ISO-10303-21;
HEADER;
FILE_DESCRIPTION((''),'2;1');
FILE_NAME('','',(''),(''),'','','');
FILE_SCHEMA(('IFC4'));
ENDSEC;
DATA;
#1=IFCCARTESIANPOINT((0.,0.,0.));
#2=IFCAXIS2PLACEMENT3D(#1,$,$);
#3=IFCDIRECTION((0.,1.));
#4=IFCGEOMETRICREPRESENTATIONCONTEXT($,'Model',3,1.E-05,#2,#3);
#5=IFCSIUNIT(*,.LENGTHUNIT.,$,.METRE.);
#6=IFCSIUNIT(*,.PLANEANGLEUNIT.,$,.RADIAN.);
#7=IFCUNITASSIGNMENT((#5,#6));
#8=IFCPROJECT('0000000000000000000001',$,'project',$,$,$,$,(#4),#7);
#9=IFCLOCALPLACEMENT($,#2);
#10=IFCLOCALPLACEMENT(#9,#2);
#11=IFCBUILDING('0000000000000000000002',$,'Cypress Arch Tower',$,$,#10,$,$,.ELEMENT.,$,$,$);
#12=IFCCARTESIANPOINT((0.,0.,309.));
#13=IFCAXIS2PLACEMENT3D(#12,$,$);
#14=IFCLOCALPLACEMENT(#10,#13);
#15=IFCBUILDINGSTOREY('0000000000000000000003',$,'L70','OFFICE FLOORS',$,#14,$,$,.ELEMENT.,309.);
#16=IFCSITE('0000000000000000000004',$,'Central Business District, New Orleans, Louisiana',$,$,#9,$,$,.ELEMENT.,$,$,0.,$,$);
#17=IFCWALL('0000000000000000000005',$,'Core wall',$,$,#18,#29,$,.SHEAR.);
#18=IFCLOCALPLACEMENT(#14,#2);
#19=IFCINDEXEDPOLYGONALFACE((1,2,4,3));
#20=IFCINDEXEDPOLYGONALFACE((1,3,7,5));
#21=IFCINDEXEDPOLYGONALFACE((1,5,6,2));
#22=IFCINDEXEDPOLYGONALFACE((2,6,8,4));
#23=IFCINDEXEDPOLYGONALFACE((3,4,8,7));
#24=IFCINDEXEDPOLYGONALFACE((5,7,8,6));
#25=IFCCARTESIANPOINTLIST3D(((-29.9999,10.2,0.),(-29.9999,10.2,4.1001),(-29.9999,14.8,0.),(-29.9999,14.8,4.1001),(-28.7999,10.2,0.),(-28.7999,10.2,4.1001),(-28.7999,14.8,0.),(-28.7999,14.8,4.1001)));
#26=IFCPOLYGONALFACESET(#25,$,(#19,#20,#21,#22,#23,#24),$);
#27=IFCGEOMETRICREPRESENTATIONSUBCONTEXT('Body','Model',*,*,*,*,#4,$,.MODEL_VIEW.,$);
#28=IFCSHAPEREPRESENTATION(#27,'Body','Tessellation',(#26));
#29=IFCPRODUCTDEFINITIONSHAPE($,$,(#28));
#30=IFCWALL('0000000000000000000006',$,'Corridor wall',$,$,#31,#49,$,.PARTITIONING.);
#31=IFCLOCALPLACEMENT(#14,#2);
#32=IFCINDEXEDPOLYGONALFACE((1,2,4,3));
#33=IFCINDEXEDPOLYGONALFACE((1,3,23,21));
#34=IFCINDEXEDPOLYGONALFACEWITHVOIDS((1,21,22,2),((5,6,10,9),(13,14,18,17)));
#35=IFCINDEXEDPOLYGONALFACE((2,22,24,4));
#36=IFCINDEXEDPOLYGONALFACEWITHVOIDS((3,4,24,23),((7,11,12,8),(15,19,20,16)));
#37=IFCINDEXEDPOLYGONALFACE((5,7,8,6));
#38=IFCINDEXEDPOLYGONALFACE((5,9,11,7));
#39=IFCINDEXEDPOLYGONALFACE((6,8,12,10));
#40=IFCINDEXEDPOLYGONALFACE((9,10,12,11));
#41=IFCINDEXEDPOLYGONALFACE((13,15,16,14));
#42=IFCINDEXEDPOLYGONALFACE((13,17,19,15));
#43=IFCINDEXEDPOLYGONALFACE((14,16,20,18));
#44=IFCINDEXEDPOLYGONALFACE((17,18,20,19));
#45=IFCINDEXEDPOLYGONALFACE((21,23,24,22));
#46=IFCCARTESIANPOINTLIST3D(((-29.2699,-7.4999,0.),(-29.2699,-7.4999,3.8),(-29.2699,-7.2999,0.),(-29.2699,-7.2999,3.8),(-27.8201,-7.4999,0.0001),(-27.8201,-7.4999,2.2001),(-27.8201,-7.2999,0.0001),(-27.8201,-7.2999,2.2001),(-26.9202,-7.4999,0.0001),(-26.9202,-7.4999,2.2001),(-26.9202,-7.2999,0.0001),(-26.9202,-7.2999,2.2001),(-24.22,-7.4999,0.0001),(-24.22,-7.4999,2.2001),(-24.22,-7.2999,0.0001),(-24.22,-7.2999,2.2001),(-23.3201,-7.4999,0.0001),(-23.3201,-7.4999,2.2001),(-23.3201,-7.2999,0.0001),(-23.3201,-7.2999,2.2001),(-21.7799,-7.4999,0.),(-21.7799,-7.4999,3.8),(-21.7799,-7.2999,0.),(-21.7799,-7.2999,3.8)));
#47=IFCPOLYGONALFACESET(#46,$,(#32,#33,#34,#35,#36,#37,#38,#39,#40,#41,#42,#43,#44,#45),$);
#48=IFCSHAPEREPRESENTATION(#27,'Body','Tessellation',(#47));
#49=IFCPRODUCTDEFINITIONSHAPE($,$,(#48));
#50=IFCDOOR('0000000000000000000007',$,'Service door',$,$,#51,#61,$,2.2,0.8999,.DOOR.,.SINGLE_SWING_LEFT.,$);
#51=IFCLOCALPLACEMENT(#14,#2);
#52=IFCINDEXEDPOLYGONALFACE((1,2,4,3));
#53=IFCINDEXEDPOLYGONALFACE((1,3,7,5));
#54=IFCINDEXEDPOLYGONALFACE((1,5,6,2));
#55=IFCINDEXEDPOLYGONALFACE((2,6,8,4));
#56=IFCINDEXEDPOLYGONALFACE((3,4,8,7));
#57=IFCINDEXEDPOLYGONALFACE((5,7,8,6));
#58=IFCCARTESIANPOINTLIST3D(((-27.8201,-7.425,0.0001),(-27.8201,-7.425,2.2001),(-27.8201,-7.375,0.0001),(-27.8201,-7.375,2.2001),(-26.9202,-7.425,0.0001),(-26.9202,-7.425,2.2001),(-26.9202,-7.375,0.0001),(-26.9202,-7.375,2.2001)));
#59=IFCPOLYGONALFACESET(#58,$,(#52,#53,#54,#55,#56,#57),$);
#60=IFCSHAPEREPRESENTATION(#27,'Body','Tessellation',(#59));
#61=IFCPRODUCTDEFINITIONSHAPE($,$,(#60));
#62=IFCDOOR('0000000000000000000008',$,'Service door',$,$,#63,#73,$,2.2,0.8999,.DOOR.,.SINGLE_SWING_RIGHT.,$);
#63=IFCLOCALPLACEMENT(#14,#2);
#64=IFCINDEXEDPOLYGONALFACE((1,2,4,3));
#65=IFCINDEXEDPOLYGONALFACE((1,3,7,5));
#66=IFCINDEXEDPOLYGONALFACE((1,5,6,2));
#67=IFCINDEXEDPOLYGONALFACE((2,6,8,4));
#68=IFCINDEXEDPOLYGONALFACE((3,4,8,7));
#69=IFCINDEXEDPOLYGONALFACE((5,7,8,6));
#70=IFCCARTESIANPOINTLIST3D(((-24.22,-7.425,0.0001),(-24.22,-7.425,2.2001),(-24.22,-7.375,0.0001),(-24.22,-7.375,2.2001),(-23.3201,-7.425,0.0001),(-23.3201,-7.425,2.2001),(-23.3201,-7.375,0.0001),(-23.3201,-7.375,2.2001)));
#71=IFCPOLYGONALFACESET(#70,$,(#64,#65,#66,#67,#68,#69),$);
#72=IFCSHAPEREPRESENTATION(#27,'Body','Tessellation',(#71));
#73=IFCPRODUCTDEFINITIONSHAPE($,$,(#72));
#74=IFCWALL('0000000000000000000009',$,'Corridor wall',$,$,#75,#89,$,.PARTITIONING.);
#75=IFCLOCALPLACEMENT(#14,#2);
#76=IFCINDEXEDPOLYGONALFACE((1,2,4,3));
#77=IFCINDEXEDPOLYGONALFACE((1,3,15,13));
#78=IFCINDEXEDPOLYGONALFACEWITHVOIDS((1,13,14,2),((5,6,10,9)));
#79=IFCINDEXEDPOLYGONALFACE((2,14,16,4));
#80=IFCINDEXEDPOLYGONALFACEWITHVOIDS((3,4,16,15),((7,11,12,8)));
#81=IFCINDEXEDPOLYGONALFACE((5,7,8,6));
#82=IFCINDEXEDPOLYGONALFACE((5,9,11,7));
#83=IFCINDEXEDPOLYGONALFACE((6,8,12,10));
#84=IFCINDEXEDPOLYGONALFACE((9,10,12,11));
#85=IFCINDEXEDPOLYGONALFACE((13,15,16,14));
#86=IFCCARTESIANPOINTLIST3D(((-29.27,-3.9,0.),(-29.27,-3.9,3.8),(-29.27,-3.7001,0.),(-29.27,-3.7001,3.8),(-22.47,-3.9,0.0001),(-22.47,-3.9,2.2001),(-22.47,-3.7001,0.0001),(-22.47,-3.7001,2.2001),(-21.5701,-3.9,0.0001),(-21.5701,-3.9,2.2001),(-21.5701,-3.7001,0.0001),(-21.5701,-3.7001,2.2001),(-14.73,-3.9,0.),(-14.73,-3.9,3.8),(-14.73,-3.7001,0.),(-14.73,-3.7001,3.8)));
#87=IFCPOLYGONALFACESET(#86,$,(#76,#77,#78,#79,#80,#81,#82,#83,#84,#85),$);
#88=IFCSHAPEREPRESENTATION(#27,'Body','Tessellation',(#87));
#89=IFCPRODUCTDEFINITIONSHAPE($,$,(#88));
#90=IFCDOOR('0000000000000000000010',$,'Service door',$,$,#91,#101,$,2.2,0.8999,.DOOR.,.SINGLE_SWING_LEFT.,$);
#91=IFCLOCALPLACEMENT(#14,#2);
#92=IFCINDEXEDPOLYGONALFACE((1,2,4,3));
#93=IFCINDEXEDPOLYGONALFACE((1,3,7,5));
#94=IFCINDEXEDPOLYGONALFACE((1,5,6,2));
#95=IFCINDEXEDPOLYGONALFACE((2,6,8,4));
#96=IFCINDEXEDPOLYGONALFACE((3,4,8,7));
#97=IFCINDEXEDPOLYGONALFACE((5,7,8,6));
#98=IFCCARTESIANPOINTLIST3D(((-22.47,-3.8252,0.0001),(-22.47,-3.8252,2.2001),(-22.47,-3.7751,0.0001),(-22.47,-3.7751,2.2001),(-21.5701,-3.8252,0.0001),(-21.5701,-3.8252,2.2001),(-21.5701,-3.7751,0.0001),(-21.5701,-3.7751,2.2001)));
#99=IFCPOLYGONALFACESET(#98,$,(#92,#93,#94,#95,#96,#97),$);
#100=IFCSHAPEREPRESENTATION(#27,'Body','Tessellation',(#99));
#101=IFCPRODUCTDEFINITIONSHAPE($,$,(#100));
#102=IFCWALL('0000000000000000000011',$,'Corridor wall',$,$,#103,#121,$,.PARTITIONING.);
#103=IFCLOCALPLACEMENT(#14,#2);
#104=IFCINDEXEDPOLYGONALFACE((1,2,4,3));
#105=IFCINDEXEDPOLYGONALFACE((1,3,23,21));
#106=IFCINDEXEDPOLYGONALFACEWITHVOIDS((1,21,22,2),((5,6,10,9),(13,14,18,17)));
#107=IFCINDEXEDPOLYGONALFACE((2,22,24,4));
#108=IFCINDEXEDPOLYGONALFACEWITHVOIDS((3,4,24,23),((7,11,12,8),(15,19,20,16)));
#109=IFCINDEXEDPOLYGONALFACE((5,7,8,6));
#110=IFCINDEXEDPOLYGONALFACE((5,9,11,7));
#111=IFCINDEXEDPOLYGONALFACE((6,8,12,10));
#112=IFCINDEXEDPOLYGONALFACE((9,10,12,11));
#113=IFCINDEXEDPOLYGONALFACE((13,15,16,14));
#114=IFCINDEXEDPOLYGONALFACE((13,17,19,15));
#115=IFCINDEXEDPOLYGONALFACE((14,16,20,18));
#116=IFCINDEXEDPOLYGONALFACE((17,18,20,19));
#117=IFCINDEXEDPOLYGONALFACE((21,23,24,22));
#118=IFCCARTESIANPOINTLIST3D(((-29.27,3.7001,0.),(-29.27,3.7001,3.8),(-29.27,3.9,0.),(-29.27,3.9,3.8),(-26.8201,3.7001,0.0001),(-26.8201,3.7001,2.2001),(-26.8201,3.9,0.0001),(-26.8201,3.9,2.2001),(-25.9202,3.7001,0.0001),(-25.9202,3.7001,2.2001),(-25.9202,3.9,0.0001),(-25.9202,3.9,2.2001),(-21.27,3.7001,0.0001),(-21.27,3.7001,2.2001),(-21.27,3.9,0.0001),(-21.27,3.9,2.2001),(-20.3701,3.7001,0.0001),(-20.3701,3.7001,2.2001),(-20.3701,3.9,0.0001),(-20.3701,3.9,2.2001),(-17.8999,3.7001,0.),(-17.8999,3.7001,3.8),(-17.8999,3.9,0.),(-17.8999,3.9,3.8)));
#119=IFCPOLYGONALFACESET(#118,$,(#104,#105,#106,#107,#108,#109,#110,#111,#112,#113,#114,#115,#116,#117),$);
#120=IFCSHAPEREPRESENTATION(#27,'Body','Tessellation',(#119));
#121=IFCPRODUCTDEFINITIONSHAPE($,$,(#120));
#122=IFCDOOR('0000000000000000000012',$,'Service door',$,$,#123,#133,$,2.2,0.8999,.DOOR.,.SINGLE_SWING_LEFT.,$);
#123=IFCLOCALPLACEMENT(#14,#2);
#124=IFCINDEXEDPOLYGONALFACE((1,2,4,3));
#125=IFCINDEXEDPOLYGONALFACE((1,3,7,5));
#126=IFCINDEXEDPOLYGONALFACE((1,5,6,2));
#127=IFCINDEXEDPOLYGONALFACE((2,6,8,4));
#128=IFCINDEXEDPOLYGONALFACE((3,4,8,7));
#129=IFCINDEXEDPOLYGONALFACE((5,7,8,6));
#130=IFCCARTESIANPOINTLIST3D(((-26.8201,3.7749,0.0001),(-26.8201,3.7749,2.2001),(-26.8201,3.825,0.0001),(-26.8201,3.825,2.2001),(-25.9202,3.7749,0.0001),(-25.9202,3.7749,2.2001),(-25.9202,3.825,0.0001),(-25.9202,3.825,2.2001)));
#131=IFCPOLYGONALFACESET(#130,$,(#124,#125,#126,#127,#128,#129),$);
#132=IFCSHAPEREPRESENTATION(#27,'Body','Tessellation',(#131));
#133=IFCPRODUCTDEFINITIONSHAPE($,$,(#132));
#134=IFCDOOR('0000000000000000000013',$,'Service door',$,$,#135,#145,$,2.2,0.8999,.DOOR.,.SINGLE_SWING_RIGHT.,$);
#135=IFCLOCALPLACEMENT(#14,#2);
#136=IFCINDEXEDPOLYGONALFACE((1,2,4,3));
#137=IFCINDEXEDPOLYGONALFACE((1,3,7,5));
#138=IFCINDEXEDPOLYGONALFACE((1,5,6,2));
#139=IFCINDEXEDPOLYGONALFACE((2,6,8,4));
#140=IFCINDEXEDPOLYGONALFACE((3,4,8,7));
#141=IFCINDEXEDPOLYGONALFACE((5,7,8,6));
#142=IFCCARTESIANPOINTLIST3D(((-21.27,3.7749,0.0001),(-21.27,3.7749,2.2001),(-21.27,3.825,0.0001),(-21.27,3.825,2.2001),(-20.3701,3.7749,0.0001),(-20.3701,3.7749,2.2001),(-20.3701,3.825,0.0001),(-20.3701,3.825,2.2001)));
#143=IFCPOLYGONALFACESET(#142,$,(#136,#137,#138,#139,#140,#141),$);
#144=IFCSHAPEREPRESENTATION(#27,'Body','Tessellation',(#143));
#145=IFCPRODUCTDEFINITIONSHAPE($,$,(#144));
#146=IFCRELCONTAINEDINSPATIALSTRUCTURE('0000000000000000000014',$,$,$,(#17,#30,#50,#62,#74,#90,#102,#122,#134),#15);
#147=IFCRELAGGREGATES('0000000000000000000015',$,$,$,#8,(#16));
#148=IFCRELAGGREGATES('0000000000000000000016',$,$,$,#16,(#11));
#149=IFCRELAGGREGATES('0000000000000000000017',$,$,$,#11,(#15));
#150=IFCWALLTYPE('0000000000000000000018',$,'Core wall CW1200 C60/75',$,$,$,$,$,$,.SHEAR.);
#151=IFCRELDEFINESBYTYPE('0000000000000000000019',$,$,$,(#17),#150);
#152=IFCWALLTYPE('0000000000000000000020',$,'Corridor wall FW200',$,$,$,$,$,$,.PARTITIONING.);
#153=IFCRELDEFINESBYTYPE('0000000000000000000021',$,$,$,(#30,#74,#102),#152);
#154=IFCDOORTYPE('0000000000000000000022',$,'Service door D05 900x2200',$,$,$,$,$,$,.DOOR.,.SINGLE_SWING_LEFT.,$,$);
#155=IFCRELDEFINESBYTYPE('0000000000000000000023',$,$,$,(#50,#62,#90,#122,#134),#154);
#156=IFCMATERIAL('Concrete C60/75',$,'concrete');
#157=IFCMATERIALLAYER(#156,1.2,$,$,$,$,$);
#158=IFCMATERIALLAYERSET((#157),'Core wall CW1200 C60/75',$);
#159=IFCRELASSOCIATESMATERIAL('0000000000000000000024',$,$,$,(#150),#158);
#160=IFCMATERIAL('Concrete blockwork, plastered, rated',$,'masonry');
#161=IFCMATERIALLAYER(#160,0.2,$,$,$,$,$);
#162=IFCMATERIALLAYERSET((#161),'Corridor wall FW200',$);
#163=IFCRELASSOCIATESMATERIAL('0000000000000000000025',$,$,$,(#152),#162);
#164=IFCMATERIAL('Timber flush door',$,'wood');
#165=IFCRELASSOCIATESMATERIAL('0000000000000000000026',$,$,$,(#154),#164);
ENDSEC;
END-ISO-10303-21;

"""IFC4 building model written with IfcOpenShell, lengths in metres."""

from ifc_helpers import new_model, si_unit, direction, frame, frame_2d, origin, place, context, subcontext, project, spatial, rectangle, extrude, material, layer, layer_set, type_object, element, fill, save


model = new_model("IFC4")

# Units and contexts
model_context = context("Model", 3, precision=1e-05, world=origin(), true_north=direction((0.0, 1.0)))
body_context = subcontext(model_context, "Body", "Model", "MODEL_VIEW")
ifc_project = project(units=[si_unit("LENGTHUNIT", "METRE"), si_unit("PLANEANGLEUNIT", "RADIAN")], contexts=[model_context])

# Site, building, storey
site_placement = place(None, origin())
site = spatial("IfcSite", under=ifc_project, at=site_placement, Name="Central Business District, New Orleans, Louisiana", CompositionType="ELEMENT", RefElevation=0.0)
building_placement = place(site_placement, origin())
building = spatial("IfcBuilding", under=site, at=building_placement, Name="Cypress Arch Tower", CompositionType="ELEMENT")
storey_placement = place(building_placement, frame((0.0, 0.0, 309.0)))
storey = spatial("IfcBuildingStorey", under=building, at=storey_placement, Name="L70", Description="OFFICE FLOORS", CompositionType="ELEMENT", Elevation=309.0)

# Wall
ifc_material_1 = material(Name="Concrete C60/75", Category="concrete")
ifc_layer_1 = layer(ifc_material_1, 1.2)
ifc_layer_set_1 = layer_set([ifc_layer_1], Name="Core wall CW1200 C60/75")
wall_type_1 = type_object("IfcWallType", Name="Core wall CW1200 C60/75", PredefinedType="SHEAR", material=ifc_layer_set_1)
wall_1_placement = place(storey_placement, frame((-29.3999, 10.2, 0.0), z_axis=(0.0, 0.0, 1.0), x_axis=(0.0, 1.0, 0.0)))
element("IfcWall", 1, at=wall_1_placement, inside=storey, type_object=wall_type_1, Name="Core wall", PredefinedType="SHEAR", context=body_context, shape_type="SweptSolid", body=[
    extrude(rectangle(XDim=4.6001, YDim=1.2, at=frame_2d((2.3, 0.0))), origin(), (0.0, 0.0, 1.0), 4.1001),
])

# Wall, openings, doors
ifc_material_2 = material(Name="Concrete blockwork, plastered, rated", Category="masonry")
ifc_layer_2 = layer(ifc_material_2, 0.2)
ifc_layer_set_2 = layer_set([ifc_layer_2], Name="Corridor wall FW200")
wall_type_2 = type_object("IfcWallType", Name="Corridor wall FW200", PredefinedType="PARTITIONING", material=ifc_layer_set_2)
wall_2_placement = place(storey_placement, frame((-29.27, -7.3999, 0.0), z_axis=(0.0, 0.0, 1.0), x_axis=(1.0, 0.0, 0.0)))
wall_2 = element("IfcWall", 2, at=wall_2_placement, inside=storey, type_object=wall_type_2, Name="Corridor wall", PredefinedType="PARTITIONING", context=body_context, shape_type="SweptSolid", body=[
    extrude(rectangle(XDim=7.49, YDim=0.2, at=frame_2d((3.7451, 0.0))), origin(), (0.0, 0.0, 1.0), 3.8),
])
opening_1_placement = place(wall_2_placement, frame((1.45, 0.0, 0.0)))
opening_1 = element("IfcOpeningElement", 3, at=opening_1_placement, cuts=wall_2, PredefinedType="OPENING", context=body_context, shape_type="SweptSolid", body=[
    extrude(rectangle(XDim=0.8999, YDim=2.2, at=frame_2d((0.45, 1.1001))), frame((0.0, 0.1099, 0.0), z_axis=(0.0, -1.0, 0.0), x_axis=(1.0, 0.0, 0.0)), (0.0, 0.0, 1.0), 0.22),
])
opening_2_placement = place(wall_2_placement, frame((5.05, 0.0, 0.0)))
opening_2 = element("IfcOpeningElement", 4, at=opening_2_placement, cuts=wall_2, PredefinedType="OPENING", context=body_context, shape_type="SweptSolid", body=[
    extrude(rectangle(XDim=0.8999, YDim=2.2, at=frame_2d((0.45, 1.1001))), frame((0.0, 0.1099, 0.0), z_axis=(0.0, -1.0, 0.0), x_axis=(1.0, 0.0, 0.0)), (0.0, 0.0, 1.0), 0.22),
])
ifc_material_3 = material(Name="Timber flush door", Category="wood")
door_type_1 = type_object("IfcDoorType", Name="Service door D05 900x2200", OperationType="SINGLE_SWING_LEFT", PredefinedType="DOOR", material=ifc_material_3)
door_1_placement = place(opening_1_placement, origin())
door_1 = element("IfcDoor", 5, at=door_1_placement, inside=storey, type_object=door_type_1, Name="Service door", OperationType="SINGLE_SWING_LEFT", OverallHeight=2.2, OverallWidth=0.8999, PredefinedType="DOOR", context=body_context, shape_type="SweptSolid", body=[
    extrude(rectangle(XDim=0.8999, YDim=2.2, at=frame_2d((0.45, 1.1001))), frame((0.0, 0.0249, 0.0), z_axis=(0.0, -1.0, 0.0), x_axis=(1.0, 0.0, 0.0)), (0.0, 0.0, 1.0), 0.05),
])
fill(opening_1, door_1)
door_2_placement = place(opening_2_placement, origin())
door_2 = element("IfcDoor", 6, at=door_2_placement, inside=storey, type_object=door_type_1, Name="Service door", OperationType="SINGLE_SWING_RIGHT", OverallHeight=2.2, OverallWidth=0.8999, PredefinedType="DOOR", context=body_context, shape_type="SweptSolid", body=[
    extrude(rectangle(XDim=0.8999, YDim=2.2, at=frame_2d((0.45, 1.1001))), frame((0.0, 0.0249, 0.0), z_axis=(0.0, -1.0, 0.0), x_axis=(1.0, 0.0, 0.0)), (0.0, 0.0, 1.0), 0.05),
])
fill(opening_2, door_2)

# Wall, opening, door
wall_3_placement = place(storey_placement, frame((-29.27, -3.8, 0.0), z_axis=(0.0, 0.0, 1.0), x_axis=(1.0, 0.0, 0.0)))
wall_3 = element("IfcWall", 7, at=wall_3_placement, inside=storey, type_object=wall_type_2, Name="Corridor wall", PredefinedType="PARTITIONING", context=body_context, shape_type="SweptSolid", body=[
    extrude(rectangle(XDim=14.54, YDim=0.2, at=frame_2d((7.27, 0.0))), origin(), (0.0, 0.0, 1.0), 3.8),
])
opening_3_placement = place(wall_3_placement, frame((6.8, 0.0, 0.0)))
opening_3 = element("IfcOpeningElement", 8, at=opening_3_placement, cuts=wall_3, PredefinedType="OPENING", context=body_context, shape_type="SweptSolid", body=[
    extrude(rectangle(XDim=0.8999, YDim=2.2, at=frame_2d((0.45, 1.1001))), frame((0.0, 0.1099, 0.0), z_axis=(0.0, -1.0, 0.0), x_axis=(1.0, 0.0, 0.0)), (0.0, 0.0, 1.0), 0.22),
])
door_3_placement = place(opening_3_placement, origin())
door_3 = element("IfcDoor", 9, at=door_3_placement, inside=storey, type_object=door_type_1, Name="Service door", OperationType="SINGLE_SWING_LEFT", OverallHeight=2.2, OverallWidth=0.8999, PredefinedType="DOOR", context=body_context, shape_type="SweptSolid", body=[
    extrude(rectangle(XDim=0.8999, YDim=2.2, at=frame_2d((0.45, 1.1001))), frame((0.0, 0.0249, 0.0), z_axis=(0.0, -1.0, 0.0), x_axis=(1.0, 0.0, 0.0)), (0.0, 0.0, 1.0), 0.05),
])
fill(opening_3, door_3)

# Wall, openings, doors
wall_4_placement = place(storey_placement, frame((-29.27, 3.8, 0.0), z_axis=(0.0, 0.0, 1.0), x_axis=(1.0, 0.0, 0.0)))
wall_4 = element("IfcWall", 10, at=wall_4_placement, inside=storey, type_object=wall_type_2, Name="Corridor wall", PredefinedType="PARTITIONING", context=body_context, shape_type="SweptSolid", body=[
    extrude(rectangle(XDim=11.3701, YDim=0.2, at=frame_2d((5.6851, 0.0))), origin(), (0.0, 0.0, 1.0), 3.8),
])
opening_4_placement = place(wall_4_placement, frame((2.45, 0.0, 0.0)))
opening_4 = element("IfcOpeningElement", 11, at=opening_4_placement, cuts=wall_4, PredefinedType="OPENING", context=body_context, shape_type="SweptSolid", body=[
    extrude(rectangle(XDim=0.8999, YDim=2.2, at=frame_2d((0.45, 1.1001))), frame((0.0, 0.1099, 0.0), z_axis=(0.0, -1.0, 0.0), x_axis=(1.0, 0.0, 0.0)), (0.0, 0.0, 1.0), 0.22),
])
opening_5_placement = place(wall_4_placement, frame((8.0, 0.0, 0.0)))
opening_5 = element("IfcOpeningElement", 12, at=opening_5_placement, cuts=wall_4, PredefinedType="OPENING", context=body_context, shape_type="SweptSolid", body=[
    extrude(rectangle(XDim=0.8999, YDim=2.2, at=frame_2d((0.45, 1.1001))), frame((0.0, 0.1099, 0.0), z_axis=(0.0, -1.0, 0.0), x_axis=(1.0, 0.0, 0.0)), (0.0, 0.0, 1.0), 0.22),
])
door_4_placement = place(opening_4_placement, origin())
door_4 = element("IfcDoor", 13, at=door_4_placement, inside=storey, type_object=door_type_1, Name="Service door", OperationType="SINGLE_SWING_LEFT", OverallHeight=2.2, OverallWidth=0.8999, PredefinedType="DOOR", context=body_context, shape_type="SweptSolid", body=[
    extrude(rectangle(XDim=0.8999, YDim=2.2, at=frame_2d((0.45, 1.1001))), frame((0.0, 0.0249, 0.0), z_axis=(0.0, -1.0, 0.0), x_axis=(1.0, 0.0, 0.0)), (0.0, 0.0, 1.0), 0.05),
])
fill(opening_4, door_4)
door_5_placement = place(opening_5_placement, origin())
door_5 = element("IfcDoor", 14, at=door_5_placement, inside=storey, type_object=door_type_1, Name="Service door", OperationType="SINGLE_SWING_RIGHT", OverallHeight=2.2, OverallWidth=0.8999, PredefinedType="DOOR", context=body_context, shape_type="SweptSolid", body=[
    extrude(rectangle(XDim=0.8999, YDim=2.2, at=frame_2d((0.45, 1.1001))), frame((0.0, 0.0249, 0.0), z_axis=(0.0, -1.0, 0.0), x_axis=(1.0, 0.0, 0.0)), (0.0, 0.0, 1.0), 0.05),
])
fill(opening_5, door_5)

save(model, "model.ifc")
